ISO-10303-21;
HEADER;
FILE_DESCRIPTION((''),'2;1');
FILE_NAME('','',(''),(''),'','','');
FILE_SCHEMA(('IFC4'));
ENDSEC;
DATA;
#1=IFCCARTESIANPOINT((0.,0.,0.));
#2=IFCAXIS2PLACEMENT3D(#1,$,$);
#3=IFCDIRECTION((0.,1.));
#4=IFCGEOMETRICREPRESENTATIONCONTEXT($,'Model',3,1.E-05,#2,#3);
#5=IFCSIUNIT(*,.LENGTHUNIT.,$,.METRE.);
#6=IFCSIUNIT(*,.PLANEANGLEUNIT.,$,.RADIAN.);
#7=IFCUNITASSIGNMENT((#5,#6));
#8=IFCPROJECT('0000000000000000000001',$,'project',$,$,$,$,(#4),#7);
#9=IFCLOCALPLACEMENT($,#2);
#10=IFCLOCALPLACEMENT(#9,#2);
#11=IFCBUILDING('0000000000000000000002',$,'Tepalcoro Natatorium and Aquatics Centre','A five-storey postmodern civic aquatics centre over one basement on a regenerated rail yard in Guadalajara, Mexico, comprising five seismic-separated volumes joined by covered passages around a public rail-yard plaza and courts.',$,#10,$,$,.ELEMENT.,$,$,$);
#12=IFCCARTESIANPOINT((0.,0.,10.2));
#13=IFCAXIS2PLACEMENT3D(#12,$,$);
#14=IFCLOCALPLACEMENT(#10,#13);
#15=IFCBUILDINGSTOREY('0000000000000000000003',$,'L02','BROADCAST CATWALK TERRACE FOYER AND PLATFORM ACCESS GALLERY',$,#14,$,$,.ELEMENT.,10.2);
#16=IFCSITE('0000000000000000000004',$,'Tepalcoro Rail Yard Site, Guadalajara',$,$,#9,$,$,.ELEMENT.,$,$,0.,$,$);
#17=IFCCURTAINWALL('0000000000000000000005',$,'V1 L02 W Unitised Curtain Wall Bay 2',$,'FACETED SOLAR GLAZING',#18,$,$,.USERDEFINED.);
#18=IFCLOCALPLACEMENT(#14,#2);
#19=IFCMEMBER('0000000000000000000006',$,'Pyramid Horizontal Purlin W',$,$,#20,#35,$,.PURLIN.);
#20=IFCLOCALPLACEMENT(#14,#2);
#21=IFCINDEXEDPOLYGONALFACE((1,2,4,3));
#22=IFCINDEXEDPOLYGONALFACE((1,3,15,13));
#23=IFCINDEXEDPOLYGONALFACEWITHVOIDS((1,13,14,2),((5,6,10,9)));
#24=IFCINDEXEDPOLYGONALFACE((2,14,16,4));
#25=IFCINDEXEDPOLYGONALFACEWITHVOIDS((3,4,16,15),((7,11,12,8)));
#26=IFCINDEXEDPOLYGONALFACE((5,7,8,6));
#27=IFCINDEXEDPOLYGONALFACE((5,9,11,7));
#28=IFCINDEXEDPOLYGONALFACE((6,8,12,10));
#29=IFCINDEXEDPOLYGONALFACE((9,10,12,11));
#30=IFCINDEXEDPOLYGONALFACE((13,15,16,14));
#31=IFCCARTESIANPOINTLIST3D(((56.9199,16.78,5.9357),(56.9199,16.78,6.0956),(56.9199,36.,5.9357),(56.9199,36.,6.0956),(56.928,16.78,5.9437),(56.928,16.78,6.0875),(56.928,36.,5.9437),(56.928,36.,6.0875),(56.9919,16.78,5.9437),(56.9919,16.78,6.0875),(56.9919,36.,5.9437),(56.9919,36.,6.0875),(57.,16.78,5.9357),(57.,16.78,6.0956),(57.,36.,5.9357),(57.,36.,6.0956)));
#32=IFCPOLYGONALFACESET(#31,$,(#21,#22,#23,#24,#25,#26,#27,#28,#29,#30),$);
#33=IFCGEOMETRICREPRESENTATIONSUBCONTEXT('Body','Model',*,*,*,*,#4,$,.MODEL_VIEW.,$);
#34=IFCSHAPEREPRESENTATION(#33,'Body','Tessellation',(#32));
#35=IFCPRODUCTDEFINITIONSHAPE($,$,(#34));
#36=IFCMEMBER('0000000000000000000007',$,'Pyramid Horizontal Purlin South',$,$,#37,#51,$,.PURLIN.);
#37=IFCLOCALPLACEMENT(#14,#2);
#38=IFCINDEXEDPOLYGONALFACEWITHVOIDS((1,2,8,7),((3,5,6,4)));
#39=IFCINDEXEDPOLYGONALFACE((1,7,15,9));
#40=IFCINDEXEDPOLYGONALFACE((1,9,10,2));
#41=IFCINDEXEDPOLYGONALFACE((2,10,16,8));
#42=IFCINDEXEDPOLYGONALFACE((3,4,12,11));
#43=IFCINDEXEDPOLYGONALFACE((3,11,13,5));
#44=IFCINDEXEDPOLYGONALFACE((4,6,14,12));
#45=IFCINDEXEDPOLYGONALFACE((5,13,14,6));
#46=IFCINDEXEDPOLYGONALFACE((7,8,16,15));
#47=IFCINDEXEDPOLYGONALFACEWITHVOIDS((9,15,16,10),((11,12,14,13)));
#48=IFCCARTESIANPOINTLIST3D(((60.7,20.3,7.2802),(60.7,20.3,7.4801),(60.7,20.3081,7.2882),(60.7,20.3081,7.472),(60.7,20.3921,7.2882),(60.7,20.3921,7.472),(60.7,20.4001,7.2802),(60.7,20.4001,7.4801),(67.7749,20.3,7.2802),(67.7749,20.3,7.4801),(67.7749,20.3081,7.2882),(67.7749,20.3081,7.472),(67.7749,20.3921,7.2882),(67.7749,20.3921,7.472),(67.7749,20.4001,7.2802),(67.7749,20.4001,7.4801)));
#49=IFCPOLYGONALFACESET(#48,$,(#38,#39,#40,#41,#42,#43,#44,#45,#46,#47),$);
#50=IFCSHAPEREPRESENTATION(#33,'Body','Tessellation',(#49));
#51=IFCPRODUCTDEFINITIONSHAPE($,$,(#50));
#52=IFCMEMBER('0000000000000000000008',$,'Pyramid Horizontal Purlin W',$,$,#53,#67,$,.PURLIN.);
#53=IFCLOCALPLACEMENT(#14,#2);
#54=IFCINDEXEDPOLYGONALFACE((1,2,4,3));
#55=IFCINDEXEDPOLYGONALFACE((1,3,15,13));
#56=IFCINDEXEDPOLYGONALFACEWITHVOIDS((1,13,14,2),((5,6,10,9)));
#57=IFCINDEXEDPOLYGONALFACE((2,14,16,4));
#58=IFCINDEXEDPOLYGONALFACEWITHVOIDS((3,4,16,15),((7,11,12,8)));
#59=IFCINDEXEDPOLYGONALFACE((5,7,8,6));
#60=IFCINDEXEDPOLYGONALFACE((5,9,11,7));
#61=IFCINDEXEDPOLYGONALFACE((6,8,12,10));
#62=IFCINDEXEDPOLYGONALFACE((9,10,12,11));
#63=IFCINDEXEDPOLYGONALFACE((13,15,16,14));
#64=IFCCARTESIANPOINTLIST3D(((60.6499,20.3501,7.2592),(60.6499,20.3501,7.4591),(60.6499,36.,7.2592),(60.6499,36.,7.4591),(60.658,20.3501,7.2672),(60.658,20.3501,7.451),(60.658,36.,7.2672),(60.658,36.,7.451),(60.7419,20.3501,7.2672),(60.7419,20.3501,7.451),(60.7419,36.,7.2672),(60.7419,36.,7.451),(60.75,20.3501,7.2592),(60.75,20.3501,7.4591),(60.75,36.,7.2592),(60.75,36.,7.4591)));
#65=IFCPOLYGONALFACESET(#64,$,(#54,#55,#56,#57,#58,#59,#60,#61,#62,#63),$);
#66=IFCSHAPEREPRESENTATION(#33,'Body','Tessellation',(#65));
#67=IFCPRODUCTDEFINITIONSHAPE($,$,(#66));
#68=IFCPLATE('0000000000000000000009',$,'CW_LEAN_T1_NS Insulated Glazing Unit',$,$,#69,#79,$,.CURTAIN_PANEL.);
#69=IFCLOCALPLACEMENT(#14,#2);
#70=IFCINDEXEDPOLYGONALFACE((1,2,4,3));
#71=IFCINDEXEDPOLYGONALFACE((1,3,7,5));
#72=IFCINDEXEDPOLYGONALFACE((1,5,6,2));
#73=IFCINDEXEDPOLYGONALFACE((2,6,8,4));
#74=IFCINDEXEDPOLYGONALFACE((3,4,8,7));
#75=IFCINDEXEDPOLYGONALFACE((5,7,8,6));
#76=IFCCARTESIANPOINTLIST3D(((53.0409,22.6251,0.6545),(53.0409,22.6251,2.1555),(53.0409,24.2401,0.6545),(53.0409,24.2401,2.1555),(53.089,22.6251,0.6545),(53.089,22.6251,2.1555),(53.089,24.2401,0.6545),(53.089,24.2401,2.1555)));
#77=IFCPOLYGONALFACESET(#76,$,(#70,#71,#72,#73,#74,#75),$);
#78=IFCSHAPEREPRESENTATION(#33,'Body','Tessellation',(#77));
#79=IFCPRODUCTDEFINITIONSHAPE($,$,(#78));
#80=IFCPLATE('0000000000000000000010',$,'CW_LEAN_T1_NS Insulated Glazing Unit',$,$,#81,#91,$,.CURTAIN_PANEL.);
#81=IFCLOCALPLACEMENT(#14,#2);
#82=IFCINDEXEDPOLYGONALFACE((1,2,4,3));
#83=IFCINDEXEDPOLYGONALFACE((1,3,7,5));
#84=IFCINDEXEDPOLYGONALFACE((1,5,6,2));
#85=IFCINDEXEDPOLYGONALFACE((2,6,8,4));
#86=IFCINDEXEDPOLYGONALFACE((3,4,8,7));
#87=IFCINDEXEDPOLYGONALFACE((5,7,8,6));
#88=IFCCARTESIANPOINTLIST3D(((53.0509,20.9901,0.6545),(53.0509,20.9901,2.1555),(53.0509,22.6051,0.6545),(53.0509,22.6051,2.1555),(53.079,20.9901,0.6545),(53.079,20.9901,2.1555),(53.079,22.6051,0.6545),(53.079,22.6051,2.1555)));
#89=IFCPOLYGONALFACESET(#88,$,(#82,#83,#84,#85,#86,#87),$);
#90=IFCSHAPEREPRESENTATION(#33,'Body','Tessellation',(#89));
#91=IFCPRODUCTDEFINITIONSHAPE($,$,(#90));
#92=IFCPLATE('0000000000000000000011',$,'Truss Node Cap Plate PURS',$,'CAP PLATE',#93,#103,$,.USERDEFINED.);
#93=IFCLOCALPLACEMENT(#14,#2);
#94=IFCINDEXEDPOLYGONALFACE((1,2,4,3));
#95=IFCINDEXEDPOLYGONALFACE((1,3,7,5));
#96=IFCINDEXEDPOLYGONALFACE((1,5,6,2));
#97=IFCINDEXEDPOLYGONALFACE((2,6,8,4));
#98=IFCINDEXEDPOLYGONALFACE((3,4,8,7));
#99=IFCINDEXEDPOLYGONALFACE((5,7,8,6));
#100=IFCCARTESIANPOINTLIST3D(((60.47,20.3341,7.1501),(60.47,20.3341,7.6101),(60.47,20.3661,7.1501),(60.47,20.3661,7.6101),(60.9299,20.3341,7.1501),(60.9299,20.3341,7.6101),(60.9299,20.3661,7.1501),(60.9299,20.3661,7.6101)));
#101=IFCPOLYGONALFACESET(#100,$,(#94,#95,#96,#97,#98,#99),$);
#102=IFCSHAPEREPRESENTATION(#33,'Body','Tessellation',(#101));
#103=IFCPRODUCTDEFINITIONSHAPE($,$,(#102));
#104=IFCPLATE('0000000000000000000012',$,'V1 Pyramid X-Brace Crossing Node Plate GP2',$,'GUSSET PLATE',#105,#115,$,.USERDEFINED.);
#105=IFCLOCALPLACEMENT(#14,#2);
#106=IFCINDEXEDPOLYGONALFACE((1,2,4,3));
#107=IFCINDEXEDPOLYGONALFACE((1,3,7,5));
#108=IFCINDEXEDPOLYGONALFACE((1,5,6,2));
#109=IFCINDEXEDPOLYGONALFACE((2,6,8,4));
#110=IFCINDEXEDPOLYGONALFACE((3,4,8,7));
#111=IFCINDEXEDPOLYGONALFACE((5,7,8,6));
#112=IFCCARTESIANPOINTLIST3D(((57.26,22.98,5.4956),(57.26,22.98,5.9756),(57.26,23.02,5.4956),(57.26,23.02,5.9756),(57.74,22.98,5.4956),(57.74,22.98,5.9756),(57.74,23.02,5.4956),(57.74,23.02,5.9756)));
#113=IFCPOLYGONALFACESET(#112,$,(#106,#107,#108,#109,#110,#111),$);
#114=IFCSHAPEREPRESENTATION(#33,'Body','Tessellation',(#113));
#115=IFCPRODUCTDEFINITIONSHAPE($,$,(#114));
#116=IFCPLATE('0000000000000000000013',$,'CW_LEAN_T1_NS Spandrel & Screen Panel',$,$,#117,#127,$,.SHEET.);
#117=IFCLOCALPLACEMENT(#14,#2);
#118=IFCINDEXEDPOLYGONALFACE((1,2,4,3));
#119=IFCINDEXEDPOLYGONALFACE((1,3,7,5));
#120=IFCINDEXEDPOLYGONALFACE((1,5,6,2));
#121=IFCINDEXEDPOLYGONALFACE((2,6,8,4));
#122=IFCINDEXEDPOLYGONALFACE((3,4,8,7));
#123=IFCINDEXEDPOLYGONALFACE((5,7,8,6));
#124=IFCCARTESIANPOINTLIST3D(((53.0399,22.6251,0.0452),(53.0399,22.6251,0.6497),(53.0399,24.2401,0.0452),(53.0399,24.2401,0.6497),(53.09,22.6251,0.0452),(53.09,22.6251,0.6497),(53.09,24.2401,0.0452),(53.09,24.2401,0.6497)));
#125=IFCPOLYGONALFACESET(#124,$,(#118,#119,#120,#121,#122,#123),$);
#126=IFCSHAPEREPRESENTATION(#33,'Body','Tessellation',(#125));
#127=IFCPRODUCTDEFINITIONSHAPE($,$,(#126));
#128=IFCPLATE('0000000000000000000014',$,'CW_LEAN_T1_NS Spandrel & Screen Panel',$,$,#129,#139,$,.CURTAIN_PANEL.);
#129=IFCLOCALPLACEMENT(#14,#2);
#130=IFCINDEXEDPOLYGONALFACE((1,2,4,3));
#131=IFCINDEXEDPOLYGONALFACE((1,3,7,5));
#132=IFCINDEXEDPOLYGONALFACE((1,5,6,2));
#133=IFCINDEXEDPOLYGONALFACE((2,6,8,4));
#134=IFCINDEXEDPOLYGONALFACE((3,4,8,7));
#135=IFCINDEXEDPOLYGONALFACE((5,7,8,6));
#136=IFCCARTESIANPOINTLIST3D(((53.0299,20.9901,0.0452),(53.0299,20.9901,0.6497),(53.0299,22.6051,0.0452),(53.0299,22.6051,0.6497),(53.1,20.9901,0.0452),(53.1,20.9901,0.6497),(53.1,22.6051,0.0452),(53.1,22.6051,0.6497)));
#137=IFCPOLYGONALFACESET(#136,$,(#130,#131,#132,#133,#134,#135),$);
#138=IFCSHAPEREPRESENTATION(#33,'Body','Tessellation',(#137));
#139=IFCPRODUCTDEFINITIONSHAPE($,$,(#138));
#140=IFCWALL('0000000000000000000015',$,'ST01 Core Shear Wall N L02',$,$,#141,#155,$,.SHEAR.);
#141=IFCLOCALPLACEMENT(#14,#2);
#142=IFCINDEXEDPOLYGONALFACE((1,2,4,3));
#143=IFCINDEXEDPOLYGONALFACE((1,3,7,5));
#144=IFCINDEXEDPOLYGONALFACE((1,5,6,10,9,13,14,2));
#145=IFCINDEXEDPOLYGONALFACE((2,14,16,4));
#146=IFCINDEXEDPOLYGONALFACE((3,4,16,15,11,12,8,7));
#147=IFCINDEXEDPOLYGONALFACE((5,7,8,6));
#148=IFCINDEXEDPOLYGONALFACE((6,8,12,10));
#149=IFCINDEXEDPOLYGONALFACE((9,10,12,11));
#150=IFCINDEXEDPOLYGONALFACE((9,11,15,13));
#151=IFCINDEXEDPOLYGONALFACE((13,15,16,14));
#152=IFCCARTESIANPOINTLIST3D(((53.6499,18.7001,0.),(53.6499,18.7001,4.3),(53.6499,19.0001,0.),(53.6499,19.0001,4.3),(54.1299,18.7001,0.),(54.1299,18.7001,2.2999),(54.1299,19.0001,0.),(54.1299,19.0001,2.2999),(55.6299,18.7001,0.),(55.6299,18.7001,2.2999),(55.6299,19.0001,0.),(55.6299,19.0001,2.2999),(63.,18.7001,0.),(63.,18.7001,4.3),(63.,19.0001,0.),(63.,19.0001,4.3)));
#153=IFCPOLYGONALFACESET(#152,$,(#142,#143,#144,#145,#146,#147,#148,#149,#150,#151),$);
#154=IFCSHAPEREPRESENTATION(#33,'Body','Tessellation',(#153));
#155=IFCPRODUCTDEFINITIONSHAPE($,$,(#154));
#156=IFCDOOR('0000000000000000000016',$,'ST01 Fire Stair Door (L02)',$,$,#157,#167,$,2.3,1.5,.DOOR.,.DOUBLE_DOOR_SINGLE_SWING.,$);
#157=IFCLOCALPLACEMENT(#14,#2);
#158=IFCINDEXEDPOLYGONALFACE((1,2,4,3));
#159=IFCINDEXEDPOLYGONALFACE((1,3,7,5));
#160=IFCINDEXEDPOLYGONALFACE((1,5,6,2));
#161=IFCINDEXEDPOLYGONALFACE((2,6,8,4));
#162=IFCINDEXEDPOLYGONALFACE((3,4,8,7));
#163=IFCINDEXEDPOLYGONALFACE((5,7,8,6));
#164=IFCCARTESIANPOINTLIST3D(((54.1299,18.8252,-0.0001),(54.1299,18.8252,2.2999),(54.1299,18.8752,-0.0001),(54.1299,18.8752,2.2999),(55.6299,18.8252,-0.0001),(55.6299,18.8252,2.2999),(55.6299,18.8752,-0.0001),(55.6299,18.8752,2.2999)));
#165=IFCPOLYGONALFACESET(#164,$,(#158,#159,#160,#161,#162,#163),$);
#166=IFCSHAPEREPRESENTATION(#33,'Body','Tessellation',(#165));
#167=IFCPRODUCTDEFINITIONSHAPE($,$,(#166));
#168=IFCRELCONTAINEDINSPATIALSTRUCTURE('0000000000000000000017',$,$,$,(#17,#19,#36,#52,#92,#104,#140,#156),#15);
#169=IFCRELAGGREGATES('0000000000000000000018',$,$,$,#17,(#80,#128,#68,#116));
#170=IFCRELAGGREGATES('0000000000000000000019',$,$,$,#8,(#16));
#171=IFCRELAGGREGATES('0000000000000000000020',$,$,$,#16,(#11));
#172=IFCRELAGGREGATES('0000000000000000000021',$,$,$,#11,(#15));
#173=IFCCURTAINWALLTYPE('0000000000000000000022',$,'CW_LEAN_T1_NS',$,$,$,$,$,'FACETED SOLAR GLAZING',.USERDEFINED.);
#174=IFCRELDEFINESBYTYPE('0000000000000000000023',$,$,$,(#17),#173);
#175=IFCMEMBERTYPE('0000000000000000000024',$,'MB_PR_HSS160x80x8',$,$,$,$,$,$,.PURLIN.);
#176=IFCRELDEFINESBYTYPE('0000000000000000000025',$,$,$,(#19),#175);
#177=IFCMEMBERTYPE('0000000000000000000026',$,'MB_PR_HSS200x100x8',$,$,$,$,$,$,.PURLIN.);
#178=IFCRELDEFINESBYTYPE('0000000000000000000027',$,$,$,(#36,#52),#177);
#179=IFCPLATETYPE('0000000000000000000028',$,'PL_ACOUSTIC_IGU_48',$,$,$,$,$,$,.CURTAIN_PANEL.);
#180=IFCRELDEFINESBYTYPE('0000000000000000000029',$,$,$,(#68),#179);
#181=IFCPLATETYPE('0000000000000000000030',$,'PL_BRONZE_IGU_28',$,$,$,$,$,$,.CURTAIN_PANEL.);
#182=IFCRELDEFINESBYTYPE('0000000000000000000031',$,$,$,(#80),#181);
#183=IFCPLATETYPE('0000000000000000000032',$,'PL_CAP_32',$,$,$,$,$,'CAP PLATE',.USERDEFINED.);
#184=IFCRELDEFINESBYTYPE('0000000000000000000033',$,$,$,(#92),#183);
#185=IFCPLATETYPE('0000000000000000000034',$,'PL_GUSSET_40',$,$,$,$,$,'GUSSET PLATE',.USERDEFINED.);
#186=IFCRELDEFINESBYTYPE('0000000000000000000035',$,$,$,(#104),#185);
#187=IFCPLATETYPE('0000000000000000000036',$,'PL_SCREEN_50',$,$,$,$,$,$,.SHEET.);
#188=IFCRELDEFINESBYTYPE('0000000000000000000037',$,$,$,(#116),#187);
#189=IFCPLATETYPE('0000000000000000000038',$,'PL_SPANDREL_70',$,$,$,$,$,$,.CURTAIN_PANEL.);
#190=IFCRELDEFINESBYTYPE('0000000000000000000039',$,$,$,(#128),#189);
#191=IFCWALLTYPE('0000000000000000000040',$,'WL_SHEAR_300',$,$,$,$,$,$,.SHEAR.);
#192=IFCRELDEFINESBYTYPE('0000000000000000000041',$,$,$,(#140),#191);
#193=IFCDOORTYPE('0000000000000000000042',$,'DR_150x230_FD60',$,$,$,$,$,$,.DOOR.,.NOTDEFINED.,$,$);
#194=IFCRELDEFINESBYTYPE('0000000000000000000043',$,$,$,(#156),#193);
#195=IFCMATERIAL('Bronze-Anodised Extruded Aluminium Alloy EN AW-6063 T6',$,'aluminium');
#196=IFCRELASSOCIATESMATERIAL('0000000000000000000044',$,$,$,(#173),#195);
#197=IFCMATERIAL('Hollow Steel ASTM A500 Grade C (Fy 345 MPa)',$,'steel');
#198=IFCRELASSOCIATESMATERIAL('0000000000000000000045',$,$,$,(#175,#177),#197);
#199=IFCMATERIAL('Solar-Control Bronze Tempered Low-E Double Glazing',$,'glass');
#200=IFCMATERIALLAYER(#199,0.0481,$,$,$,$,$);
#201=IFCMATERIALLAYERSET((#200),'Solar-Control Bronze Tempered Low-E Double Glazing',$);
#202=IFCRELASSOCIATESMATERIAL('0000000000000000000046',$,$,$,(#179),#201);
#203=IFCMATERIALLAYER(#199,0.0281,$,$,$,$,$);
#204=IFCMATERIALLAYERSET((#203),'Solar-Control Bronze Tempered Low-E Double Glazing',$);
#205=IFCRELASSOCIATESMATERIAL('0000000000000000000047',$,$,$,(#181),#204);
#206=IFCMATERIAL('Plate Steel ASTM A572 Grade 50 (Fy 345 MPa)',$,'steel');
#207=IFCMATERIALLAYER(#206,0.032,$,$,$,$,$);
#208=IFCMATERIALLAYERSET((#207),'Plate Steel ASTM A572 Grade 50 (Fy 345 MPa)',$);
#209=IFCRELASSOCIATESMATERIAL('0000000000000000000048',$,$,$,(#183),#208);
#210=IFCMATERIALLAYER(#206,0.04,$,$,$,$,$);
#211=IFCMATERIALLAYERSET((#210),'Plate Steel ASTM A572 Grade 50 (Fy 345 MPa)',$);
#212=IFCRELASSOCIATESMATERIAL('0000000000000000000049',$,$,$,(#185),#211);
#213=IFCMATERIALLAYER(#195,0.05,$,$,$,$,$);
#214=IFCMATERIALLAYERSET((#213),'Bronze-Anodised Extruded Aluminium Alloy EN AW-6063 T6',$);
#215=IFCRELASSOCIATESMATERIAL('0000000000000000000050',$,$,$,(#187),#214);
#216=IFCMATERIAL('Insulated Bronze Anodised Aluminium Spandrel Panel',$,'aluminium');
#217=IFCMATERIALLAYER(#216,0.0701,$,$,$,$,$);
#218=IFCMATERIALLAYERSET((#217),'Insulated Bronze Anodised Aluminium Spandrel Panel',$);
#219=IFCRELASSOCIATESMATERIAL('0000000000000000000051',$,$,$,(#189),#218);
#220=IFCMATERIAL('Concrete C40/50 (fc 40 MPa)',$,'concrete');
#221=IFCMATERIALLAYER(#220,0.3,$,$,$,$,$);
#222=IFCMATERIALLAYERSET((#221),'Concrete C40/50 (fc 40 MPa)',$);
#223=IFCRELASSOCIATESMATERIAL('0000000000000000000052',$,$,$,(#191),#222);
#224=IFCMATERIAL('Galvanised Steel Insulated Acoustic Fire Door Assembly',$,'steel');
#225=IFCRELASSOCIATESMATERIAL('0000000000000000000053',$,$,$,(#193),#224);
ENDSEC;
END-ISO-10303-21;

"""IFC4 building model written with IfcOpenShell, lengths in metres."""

from ifc_helpers import new_model, si_unit, direction, frame, frame_2d, origin, origin_2d, place, context, subcontext, project, spatial, rectangle, hollow_rectangle, extrude, material, layer, layer_set, material_profile, profile_set, type_object, element, fill, aggregate, save


model = new_model("IFC4")

# Units and contexts
model_context = context("Model", 3, precision=1e-05, world=origin(), true_north=direction((0.0, 1.0)))
body_context = subcontext(model_context, "Body", "Model", "MODEL_VIEW")
ifc_project = project(units=[si_unit("LENGTHUNIT", "METRE"), si_unit("PLANEANGLEUNIT", "RADIAN")], contexts=[model_context])

# Site, building, storey
site_placement = place(None, origin())
site = spatial("IfcSite", under=ifc_project, at=site_placement, Name="Tepalcoro Rail Yard Site, Guadalajara", CompositionType="ELEMENT", RefElevation=0.0)
building_placement = place(site_placement, origin())
building = spatial("IfcBuilding", under=site, at=building_placement, Name="Tepalcoro Natatorium and Aquatics Centre", Description="A five-storey postmodern civic aquatics centre over one basement on a regenerated rail yard in Guadalajara, Mexico, comprising five seismic-separated volumes joined by covered passages around a public rail-yard plaza and courts.", CompositionType="ELEMENT")
storey_placement = place(building_placement, frame((0.0, 0.0, 10.2)))
storey = spatial("IfcBuildingStorey", under=building, at=storey_placement, Name="L02", Description="BROADCAST CATWALK TERRACE FOYER AND PLATFORM ACCESS GALLERY", CompositionType="ELEMENT", Elevation=10.2)

# Curtain wall
ifc_material_1 = material(Name="Bronze-Anodised Extruded Aluminium Alloy EN AW-6063 T6", Category="aluminium")
curtain_wall_type = type_object("IfcCurtainWallType", Name="CW_LEAN_T1_NS", ElementType="FACETED SOLAR GLAZING", PredefinedType="USERDEFINED", material=ifc_material_1)
curtain_wall_placement = place(storey_placement, origin())
curtain_wall = element("IfcCurtainWall", 1, at=curtain_wall_placement, inside=storey, type_object=curtain_wall_type, Name="V1 L02 W Unitised Curtain Wall Bay 2", ObjectType="FACETED SOLAR GLAZING", PredefinedType="USERDEFINED")

# Members
ifc_material_2 = material(Name="Hollow Steel ASTM A500 Grade C (Fy 345 MPa)", Category="steel")
ifc_material_profile_1 = material_profile(ifc_material_2, hollow_rectangle(XDim=0.0801, YDim=0.1599, WallThickness=0.0081, at=origin_2d()), Name="HSS160X80X8")
ifc_profile_set_1 = profile_set([ifc_material_profile_1], Name="Hollow Steel ASTM A500 Grade C (Fy 345 MPa)")
member_type_1 = type_object("IfcMemberType", Name="MB_PR_HSS160x80x8", PredefinedType="PURLIN", material=ifc_profile_set_1)
member_1_placement = place(storey_placement, frame((56.96, 16.78, 6.0156), z_axis=(0.0, 1.0, 0.0), x_axis=(-1.0, 0.0, 0.0)))
element("IfcMember", 2, at=member_1_placement, inside=storey, type_object=member_type_1, Name="Pyramid Horizontal Purlin W", PredefinedType="PURLIN", context=body_context, shape_type="SweptSolid", body=[
    extrude(hollow_rectangle(XDim=0.0801, YDim=0.1599, WallThickness=0.0081, at=origin_2d()), origin(), (0.0, 0.0, 1.0), 19.22),
])
ifc_material_profile_2 = material_profile(ifc_material_2, hollow_rectangle(XDim=0.1001, YDim=0.2, WallThickness=0.0081, at=origin_2d()), Name="HSS200X100X8")
ifc_profile_set_2 = profile_set([ifc_material_profile_2], Name="Hollow Steel ASTM A500 Grade C (Fy 345 MPa)")
member_type_2 = type_object("IfcMemberType", Name="MB_PR_HSS200x100x8", PredefinedType="PURLIN", material=ifc_profile_set_2)
member_2_placement = place(storey_placement, frame((60.7, 20.3501, 7.3801), z_axis=(1.0, 0.0, 0.0), x_axis=(0.0, 1.0, 0.0)))
element("IfcMember", 3, at=member_2_placement, inside=storey, type_object=member_type_2, Name="Pyramid Horizontal Purlin South", PredefinedType="PURLIN", context=body_context, shape_type="SweptSolid", body=[
    extrude(hollow_rectangle(XDim=0.1001, YDim=0.2, WallThickness=0.0081, at=origin_2d()), origin(), (0.0, 0.0, 1.0), 7.075),
])
member_3_placement = place(storey_placement, frame((60.7, 20.3501, 7.3591), z_axis=(0.0, 1.0, 0.0), x_axis=(-1.0, 0.0, 0.0)))
element("IfcMember", 4, at=member_3_placement, inside=storey, type_object=member_type_2, Name="Pyramid Horizontal Purlin W", PredefinedType="PURLIN", context=body_context, shape_type="SweptSolid", body=[
    extrude(hollow_rectangle(XDim=0.1001, YDim=0.2, WallThickness=0.0081, at=origin_2d()), origin(), (0.0, 0.0, 1.0), 15.6499),
])

# Plates
ifc_material_3 = material(Name="Solar-Control Bronze Tempered Low-E Double Glazing", Category="glass")
ifc_layer_1 = layer(ifc_material_3, 0.0481)
ifc_layer_set_1 = layer_set([ifc_layer_1], Name="Solar-Control Bronze Tempered Low-E Double Glazing")
plate_type_1 = type_object("IfcPlateType", Name="PL_ACOUSTIC_IGU_48", PredefinedType="CURTAIN_PANEL", material=ifc_layer_set_1)
plate_1_placement = place(storey_placement, frame((53.0649, 23.4326, 0.6545), z_axis=(0.0, 0.0, 1.0), x_axis=(1.0, 0.0, 0.0)))
plate_1 = element("IfcPlate", 5, at=plate_1_placement, type_object=plate_type_1, Name="CW_LEAN_T1_NS Insulated Glazing Unit", PredefinedType="CURTAIN_PANEL", context=body_context, shape_type="SweptSolid", body=[
    extrude(rectangle(XDim=0.0481, YDim=1.615, at=origin_2d()), origin(), (0.0, 0.0, 1.0), 1.501),
])
ifc_layer_2 = layer(ifc_material_3, 0.0281)
ifc_layer_set_2 = layer_set([ifc_layer_2], Name="Solar-Control Bronze Tempered Low-E Double Glazing")
plate_type_2 = type_object("IfcPlateType", Name="PL_BRONZE_IGU_28", PredefinedType="CURTAIN_PANEL", material=ifc_layer_set_2)
plate_2_placement = place(storey_placement, frame((53.0649, 21.7976, 0.6545), z_axis=(0.0, 0.0, 1.0), x_axis=(1.0, 0.0, 0.0)))
plate_2 = element("IfcPlate", 6, at=plate_2_placement, type_object=plate_type_2, Name="CW_LEAN_T1_NS Insulated Glazing Unit", PredefinedType="CURTAIN_PANEL", context=body_context, shape_type="SweptSolid", body=[
    extrude(rectangle(XDim=0.0281, YDim=1.615, at=origin_2d()), origin(), (0.0, 0.0, 1.0), 1.501),
])

# Plates
ifc_material_4 = material(Name="Plate Steel ASTM A572 Grade 50 (Fy 345 MPa)", Category="steel")
ifc_layer_3 = layer(ifc_material_4, 0.032)
ifc_layer_set_3 = layer_set([ifc_layer_3], Name="Plate Steel ASTM A572 Grade 50 (Fy 345 MPa)")
plate_type_3 = type_object("IfcPlateType", Name="PL_CAP_32", ElementType="CAP PLATE", PredefinedType="USERDEFINED", material=ifc_layer_set_3)
plate_3_placement = place(storey_placement, frame((60.7, 20.3501, 7.1501), z_axis=(0.0, 0.0, 1.0), x_axis=(1.0, 0.0, 0.0)))
element("IfcPlate", 7, at=plate_3_placement, inside=storey, type_object=plate_type_3, Name="Truss Node Cap Plate PURS", ObjectType="CAP PLATE", PredefinedType="USERDEFINED", context=body_context, shape_type="SweptSolid", body=[
    extrude(rectangle(XDim=0.46, YDim=0.032, at=origin_2d()), origin(), (0.0, 0.0, 1.0), 0.46),
])
ifc_layer_4 = layer(ifc_material_4, 0.04)
ifc_layer_set_4 = layer_set([ifc_layer_4], Name="Plate Steel ASTM A572 Grade 50 (Fy 345 MPa)")
plate_type_4 = type_object("IfcPlateType", Name="PL_GUSSET_40", ElementType="GUSSET PLATE", PredefinedType="USERDEFINED", material=ifc_layer_set_4)
plate_4_placement = place(storey_placement, frame((57.5, 23.0, 5.4956), z_axis=(0.0, 0.0, 1.0), x_axis=(1.0, 0.0, 0.0)))
element("IfcPlate", 8, at=plate_4_placement, inside=storey, type_object=plate_type_4, Name="V1 Pyramid X-Brace Crossing Node Plate GP2", ObjectType="GUSSET PLATE", PredefinedType="USERDEFINED", context=body_context, shape_type="SweptSolid", body=[
    extrude(rectangle(XDim=0.48, YDim=0.04, at=origin_2d()), origin(), (0.0, 0.0, 1.0), 0.48),
])

# Plates
ifc_layer_5 = layer(ifc_material_1, 0.05)
ifc_layer_set_5 = layer_set([ifc_layer_5], Name="Bronze-Anodised Extruded Aluminium Alloy EN AW-6063 T6")
plate_type_5 = type_object("IfcPlateType", Name="PL_SCREEN_50", PredefinedType="SHEET", material=ifc_layer_set_5)
plate_5_placement = place(storey_placement, frame((53.0649, 23.4326, 0.0452), z_axis=(0.0, 0.0, 1.0), x_axis=(1.0, 0.0, 0.0)))
plate_5 = element("IfcPlate", 9, at=plate_5_placement, type_object=plate_type_5, Name="CW_LEAN_T1_NS Spandrel & Screen Panel", PredefinedType="SHEET", context=body_context, shape_type="SweptSolid", body=[
    extrude(rectangle(XDim=0.05, YDim=1.615, at=origin_2d()), origin(), (0.0, 0.0, 1.0), 0.6045),
])
ifc_material_5 = material(Name="Insulated Bronze Anodised Aluminium Spandrel Panel", Category="aluminium")
ifc_layer_6 = layer(ifc_material_5, 0.0701)
ifc_layer_set_6 = layer_set([ifc_layer_6], Name="Insulated Bronze Anodised Aluminium Spandrel Panel")
plate_type_6 = type_object("IfcPlateType", Name="PL_SPANDREL_70", PredefinedType="CURTAIN_PANEL", material=ifc_layer_set_6)
plate_6_placement = place(storey_placement, frame((53.0649, 21.7976, 0.0452), z_axis=(0.0, 0.0, 1.0), x_axis=(1.0, 0.0, 0.0)))
plate_6 = element("IfcPlate", 10, at=plate_6_placement, type_object=plate_type_6, Name="CW_LEAN_T1_NS Spandrel & Screen Panel", PredefinedType="CURTAIN_PANEL", context=body_context, shape_type="SweptSolid", body=[
    extrude(rectangle(XDim=0.0701, YDim=1.615, at=origin_2d()), origin(), (0.0, 0.0, 1.0), 0.6045),
])
aggregate(curtain_wall, [plate_2, plate_6, plate_1, plate_5])

# Wall, opening, door
ifc_material_6 = material(Name="Concrete C40/50 (fc 40 MPa)", Category="concrete")
ifc_layer_7 = layer(ifc_material_6, 0.3)
ifc_layer_set_7 = layer_set([ifc_layer_7], Name="Concrete C40/50 (fc 40 MPa)")
wall_type = type_object("IfcWallType", Name="WL_SHEAR_300", PredefinedType="SHEAR", material=ifc_layer_set_7)
wall_placement = place(storey_placement, frame((53.6499, 18.8501, 0.0), z_axis=(0.0, 0.0, 1.0), x_axis=(1.0, 0.0, 0.0)))
wall = element("IfcWall", 11, at=wall_placement, inside=storey, type_object=wall_type, Name="ST01 Core Shear Wall N L02", PredefinedType="SHEAR", context=body_context, shape_type="SweptSolid", body=[
    extrude(rectangle(XDim=9.3501, YDim=0.3, at=frame_2d((4.675, 0.0))), origin(), (0.0, 0.0, 1.0), 4.3),
])
opening_placement = place(wall_placement, frame((0.48, 0.0, 0.0)))
opening = element("IfcOpeningElement", 12, at=opening_placement, cuts=wall, PredefinedType="OPENING", context=body_context, shape_type="SweptSolid", body=[
    extrude(rectangle(XDim=1.5, YDim=2.3, at=frame_2d((0.75, 1.1499))), frame((0.0, 0.1621, 0.0), z_axis=(0.0, -1.0, 0.0), x_axis=(1.0, 0.0, 0.0)), (0.0, 0.0, 1.0), 0.324),
])
ifc_material_7 = material(Name="Galvanised Steel Insulated Acoustic Fire Door Assembly", Category="steel")
door_type = type_object("IfcDoorType", Name="DR_150x230_FD60", OperationType="NOTDEFINED", PredefinedType="DOOR", material=ifc_material_7)
door_placement = place(opening_placement, frame((1.5, 0.0, 0.0), z_axis=(0.0, 0.0, 1.0), x_axis=(-1.0, 0.0, 0.0)))
door = element("IfcDoor", 13, at=door_placement, inside=storey, type_object=door_type, Name="ST01 Fire Stair Door (L02)", OperationType="DOUBLE_DOOR_SINGLE_SWING", OverallHeight=2.3, OverallWidth=1.5, PredefinedType="DOOR", context=body_context, shape_type="SweptSolid", body=[
    extrude(rectangle(XDim=1.5, YDim=2.3, at=frame_2d((0.75, 1.1499))), frame((0.0, 0.0249, 0.0), z_axis=(0.0, -1.0, 0.0), x_axis=(1.0, 0.0, 0.0)), (0.0, 0.0, 1.0), 0.05),
])
fill(opening, door)

save(model, "model.ifc")
